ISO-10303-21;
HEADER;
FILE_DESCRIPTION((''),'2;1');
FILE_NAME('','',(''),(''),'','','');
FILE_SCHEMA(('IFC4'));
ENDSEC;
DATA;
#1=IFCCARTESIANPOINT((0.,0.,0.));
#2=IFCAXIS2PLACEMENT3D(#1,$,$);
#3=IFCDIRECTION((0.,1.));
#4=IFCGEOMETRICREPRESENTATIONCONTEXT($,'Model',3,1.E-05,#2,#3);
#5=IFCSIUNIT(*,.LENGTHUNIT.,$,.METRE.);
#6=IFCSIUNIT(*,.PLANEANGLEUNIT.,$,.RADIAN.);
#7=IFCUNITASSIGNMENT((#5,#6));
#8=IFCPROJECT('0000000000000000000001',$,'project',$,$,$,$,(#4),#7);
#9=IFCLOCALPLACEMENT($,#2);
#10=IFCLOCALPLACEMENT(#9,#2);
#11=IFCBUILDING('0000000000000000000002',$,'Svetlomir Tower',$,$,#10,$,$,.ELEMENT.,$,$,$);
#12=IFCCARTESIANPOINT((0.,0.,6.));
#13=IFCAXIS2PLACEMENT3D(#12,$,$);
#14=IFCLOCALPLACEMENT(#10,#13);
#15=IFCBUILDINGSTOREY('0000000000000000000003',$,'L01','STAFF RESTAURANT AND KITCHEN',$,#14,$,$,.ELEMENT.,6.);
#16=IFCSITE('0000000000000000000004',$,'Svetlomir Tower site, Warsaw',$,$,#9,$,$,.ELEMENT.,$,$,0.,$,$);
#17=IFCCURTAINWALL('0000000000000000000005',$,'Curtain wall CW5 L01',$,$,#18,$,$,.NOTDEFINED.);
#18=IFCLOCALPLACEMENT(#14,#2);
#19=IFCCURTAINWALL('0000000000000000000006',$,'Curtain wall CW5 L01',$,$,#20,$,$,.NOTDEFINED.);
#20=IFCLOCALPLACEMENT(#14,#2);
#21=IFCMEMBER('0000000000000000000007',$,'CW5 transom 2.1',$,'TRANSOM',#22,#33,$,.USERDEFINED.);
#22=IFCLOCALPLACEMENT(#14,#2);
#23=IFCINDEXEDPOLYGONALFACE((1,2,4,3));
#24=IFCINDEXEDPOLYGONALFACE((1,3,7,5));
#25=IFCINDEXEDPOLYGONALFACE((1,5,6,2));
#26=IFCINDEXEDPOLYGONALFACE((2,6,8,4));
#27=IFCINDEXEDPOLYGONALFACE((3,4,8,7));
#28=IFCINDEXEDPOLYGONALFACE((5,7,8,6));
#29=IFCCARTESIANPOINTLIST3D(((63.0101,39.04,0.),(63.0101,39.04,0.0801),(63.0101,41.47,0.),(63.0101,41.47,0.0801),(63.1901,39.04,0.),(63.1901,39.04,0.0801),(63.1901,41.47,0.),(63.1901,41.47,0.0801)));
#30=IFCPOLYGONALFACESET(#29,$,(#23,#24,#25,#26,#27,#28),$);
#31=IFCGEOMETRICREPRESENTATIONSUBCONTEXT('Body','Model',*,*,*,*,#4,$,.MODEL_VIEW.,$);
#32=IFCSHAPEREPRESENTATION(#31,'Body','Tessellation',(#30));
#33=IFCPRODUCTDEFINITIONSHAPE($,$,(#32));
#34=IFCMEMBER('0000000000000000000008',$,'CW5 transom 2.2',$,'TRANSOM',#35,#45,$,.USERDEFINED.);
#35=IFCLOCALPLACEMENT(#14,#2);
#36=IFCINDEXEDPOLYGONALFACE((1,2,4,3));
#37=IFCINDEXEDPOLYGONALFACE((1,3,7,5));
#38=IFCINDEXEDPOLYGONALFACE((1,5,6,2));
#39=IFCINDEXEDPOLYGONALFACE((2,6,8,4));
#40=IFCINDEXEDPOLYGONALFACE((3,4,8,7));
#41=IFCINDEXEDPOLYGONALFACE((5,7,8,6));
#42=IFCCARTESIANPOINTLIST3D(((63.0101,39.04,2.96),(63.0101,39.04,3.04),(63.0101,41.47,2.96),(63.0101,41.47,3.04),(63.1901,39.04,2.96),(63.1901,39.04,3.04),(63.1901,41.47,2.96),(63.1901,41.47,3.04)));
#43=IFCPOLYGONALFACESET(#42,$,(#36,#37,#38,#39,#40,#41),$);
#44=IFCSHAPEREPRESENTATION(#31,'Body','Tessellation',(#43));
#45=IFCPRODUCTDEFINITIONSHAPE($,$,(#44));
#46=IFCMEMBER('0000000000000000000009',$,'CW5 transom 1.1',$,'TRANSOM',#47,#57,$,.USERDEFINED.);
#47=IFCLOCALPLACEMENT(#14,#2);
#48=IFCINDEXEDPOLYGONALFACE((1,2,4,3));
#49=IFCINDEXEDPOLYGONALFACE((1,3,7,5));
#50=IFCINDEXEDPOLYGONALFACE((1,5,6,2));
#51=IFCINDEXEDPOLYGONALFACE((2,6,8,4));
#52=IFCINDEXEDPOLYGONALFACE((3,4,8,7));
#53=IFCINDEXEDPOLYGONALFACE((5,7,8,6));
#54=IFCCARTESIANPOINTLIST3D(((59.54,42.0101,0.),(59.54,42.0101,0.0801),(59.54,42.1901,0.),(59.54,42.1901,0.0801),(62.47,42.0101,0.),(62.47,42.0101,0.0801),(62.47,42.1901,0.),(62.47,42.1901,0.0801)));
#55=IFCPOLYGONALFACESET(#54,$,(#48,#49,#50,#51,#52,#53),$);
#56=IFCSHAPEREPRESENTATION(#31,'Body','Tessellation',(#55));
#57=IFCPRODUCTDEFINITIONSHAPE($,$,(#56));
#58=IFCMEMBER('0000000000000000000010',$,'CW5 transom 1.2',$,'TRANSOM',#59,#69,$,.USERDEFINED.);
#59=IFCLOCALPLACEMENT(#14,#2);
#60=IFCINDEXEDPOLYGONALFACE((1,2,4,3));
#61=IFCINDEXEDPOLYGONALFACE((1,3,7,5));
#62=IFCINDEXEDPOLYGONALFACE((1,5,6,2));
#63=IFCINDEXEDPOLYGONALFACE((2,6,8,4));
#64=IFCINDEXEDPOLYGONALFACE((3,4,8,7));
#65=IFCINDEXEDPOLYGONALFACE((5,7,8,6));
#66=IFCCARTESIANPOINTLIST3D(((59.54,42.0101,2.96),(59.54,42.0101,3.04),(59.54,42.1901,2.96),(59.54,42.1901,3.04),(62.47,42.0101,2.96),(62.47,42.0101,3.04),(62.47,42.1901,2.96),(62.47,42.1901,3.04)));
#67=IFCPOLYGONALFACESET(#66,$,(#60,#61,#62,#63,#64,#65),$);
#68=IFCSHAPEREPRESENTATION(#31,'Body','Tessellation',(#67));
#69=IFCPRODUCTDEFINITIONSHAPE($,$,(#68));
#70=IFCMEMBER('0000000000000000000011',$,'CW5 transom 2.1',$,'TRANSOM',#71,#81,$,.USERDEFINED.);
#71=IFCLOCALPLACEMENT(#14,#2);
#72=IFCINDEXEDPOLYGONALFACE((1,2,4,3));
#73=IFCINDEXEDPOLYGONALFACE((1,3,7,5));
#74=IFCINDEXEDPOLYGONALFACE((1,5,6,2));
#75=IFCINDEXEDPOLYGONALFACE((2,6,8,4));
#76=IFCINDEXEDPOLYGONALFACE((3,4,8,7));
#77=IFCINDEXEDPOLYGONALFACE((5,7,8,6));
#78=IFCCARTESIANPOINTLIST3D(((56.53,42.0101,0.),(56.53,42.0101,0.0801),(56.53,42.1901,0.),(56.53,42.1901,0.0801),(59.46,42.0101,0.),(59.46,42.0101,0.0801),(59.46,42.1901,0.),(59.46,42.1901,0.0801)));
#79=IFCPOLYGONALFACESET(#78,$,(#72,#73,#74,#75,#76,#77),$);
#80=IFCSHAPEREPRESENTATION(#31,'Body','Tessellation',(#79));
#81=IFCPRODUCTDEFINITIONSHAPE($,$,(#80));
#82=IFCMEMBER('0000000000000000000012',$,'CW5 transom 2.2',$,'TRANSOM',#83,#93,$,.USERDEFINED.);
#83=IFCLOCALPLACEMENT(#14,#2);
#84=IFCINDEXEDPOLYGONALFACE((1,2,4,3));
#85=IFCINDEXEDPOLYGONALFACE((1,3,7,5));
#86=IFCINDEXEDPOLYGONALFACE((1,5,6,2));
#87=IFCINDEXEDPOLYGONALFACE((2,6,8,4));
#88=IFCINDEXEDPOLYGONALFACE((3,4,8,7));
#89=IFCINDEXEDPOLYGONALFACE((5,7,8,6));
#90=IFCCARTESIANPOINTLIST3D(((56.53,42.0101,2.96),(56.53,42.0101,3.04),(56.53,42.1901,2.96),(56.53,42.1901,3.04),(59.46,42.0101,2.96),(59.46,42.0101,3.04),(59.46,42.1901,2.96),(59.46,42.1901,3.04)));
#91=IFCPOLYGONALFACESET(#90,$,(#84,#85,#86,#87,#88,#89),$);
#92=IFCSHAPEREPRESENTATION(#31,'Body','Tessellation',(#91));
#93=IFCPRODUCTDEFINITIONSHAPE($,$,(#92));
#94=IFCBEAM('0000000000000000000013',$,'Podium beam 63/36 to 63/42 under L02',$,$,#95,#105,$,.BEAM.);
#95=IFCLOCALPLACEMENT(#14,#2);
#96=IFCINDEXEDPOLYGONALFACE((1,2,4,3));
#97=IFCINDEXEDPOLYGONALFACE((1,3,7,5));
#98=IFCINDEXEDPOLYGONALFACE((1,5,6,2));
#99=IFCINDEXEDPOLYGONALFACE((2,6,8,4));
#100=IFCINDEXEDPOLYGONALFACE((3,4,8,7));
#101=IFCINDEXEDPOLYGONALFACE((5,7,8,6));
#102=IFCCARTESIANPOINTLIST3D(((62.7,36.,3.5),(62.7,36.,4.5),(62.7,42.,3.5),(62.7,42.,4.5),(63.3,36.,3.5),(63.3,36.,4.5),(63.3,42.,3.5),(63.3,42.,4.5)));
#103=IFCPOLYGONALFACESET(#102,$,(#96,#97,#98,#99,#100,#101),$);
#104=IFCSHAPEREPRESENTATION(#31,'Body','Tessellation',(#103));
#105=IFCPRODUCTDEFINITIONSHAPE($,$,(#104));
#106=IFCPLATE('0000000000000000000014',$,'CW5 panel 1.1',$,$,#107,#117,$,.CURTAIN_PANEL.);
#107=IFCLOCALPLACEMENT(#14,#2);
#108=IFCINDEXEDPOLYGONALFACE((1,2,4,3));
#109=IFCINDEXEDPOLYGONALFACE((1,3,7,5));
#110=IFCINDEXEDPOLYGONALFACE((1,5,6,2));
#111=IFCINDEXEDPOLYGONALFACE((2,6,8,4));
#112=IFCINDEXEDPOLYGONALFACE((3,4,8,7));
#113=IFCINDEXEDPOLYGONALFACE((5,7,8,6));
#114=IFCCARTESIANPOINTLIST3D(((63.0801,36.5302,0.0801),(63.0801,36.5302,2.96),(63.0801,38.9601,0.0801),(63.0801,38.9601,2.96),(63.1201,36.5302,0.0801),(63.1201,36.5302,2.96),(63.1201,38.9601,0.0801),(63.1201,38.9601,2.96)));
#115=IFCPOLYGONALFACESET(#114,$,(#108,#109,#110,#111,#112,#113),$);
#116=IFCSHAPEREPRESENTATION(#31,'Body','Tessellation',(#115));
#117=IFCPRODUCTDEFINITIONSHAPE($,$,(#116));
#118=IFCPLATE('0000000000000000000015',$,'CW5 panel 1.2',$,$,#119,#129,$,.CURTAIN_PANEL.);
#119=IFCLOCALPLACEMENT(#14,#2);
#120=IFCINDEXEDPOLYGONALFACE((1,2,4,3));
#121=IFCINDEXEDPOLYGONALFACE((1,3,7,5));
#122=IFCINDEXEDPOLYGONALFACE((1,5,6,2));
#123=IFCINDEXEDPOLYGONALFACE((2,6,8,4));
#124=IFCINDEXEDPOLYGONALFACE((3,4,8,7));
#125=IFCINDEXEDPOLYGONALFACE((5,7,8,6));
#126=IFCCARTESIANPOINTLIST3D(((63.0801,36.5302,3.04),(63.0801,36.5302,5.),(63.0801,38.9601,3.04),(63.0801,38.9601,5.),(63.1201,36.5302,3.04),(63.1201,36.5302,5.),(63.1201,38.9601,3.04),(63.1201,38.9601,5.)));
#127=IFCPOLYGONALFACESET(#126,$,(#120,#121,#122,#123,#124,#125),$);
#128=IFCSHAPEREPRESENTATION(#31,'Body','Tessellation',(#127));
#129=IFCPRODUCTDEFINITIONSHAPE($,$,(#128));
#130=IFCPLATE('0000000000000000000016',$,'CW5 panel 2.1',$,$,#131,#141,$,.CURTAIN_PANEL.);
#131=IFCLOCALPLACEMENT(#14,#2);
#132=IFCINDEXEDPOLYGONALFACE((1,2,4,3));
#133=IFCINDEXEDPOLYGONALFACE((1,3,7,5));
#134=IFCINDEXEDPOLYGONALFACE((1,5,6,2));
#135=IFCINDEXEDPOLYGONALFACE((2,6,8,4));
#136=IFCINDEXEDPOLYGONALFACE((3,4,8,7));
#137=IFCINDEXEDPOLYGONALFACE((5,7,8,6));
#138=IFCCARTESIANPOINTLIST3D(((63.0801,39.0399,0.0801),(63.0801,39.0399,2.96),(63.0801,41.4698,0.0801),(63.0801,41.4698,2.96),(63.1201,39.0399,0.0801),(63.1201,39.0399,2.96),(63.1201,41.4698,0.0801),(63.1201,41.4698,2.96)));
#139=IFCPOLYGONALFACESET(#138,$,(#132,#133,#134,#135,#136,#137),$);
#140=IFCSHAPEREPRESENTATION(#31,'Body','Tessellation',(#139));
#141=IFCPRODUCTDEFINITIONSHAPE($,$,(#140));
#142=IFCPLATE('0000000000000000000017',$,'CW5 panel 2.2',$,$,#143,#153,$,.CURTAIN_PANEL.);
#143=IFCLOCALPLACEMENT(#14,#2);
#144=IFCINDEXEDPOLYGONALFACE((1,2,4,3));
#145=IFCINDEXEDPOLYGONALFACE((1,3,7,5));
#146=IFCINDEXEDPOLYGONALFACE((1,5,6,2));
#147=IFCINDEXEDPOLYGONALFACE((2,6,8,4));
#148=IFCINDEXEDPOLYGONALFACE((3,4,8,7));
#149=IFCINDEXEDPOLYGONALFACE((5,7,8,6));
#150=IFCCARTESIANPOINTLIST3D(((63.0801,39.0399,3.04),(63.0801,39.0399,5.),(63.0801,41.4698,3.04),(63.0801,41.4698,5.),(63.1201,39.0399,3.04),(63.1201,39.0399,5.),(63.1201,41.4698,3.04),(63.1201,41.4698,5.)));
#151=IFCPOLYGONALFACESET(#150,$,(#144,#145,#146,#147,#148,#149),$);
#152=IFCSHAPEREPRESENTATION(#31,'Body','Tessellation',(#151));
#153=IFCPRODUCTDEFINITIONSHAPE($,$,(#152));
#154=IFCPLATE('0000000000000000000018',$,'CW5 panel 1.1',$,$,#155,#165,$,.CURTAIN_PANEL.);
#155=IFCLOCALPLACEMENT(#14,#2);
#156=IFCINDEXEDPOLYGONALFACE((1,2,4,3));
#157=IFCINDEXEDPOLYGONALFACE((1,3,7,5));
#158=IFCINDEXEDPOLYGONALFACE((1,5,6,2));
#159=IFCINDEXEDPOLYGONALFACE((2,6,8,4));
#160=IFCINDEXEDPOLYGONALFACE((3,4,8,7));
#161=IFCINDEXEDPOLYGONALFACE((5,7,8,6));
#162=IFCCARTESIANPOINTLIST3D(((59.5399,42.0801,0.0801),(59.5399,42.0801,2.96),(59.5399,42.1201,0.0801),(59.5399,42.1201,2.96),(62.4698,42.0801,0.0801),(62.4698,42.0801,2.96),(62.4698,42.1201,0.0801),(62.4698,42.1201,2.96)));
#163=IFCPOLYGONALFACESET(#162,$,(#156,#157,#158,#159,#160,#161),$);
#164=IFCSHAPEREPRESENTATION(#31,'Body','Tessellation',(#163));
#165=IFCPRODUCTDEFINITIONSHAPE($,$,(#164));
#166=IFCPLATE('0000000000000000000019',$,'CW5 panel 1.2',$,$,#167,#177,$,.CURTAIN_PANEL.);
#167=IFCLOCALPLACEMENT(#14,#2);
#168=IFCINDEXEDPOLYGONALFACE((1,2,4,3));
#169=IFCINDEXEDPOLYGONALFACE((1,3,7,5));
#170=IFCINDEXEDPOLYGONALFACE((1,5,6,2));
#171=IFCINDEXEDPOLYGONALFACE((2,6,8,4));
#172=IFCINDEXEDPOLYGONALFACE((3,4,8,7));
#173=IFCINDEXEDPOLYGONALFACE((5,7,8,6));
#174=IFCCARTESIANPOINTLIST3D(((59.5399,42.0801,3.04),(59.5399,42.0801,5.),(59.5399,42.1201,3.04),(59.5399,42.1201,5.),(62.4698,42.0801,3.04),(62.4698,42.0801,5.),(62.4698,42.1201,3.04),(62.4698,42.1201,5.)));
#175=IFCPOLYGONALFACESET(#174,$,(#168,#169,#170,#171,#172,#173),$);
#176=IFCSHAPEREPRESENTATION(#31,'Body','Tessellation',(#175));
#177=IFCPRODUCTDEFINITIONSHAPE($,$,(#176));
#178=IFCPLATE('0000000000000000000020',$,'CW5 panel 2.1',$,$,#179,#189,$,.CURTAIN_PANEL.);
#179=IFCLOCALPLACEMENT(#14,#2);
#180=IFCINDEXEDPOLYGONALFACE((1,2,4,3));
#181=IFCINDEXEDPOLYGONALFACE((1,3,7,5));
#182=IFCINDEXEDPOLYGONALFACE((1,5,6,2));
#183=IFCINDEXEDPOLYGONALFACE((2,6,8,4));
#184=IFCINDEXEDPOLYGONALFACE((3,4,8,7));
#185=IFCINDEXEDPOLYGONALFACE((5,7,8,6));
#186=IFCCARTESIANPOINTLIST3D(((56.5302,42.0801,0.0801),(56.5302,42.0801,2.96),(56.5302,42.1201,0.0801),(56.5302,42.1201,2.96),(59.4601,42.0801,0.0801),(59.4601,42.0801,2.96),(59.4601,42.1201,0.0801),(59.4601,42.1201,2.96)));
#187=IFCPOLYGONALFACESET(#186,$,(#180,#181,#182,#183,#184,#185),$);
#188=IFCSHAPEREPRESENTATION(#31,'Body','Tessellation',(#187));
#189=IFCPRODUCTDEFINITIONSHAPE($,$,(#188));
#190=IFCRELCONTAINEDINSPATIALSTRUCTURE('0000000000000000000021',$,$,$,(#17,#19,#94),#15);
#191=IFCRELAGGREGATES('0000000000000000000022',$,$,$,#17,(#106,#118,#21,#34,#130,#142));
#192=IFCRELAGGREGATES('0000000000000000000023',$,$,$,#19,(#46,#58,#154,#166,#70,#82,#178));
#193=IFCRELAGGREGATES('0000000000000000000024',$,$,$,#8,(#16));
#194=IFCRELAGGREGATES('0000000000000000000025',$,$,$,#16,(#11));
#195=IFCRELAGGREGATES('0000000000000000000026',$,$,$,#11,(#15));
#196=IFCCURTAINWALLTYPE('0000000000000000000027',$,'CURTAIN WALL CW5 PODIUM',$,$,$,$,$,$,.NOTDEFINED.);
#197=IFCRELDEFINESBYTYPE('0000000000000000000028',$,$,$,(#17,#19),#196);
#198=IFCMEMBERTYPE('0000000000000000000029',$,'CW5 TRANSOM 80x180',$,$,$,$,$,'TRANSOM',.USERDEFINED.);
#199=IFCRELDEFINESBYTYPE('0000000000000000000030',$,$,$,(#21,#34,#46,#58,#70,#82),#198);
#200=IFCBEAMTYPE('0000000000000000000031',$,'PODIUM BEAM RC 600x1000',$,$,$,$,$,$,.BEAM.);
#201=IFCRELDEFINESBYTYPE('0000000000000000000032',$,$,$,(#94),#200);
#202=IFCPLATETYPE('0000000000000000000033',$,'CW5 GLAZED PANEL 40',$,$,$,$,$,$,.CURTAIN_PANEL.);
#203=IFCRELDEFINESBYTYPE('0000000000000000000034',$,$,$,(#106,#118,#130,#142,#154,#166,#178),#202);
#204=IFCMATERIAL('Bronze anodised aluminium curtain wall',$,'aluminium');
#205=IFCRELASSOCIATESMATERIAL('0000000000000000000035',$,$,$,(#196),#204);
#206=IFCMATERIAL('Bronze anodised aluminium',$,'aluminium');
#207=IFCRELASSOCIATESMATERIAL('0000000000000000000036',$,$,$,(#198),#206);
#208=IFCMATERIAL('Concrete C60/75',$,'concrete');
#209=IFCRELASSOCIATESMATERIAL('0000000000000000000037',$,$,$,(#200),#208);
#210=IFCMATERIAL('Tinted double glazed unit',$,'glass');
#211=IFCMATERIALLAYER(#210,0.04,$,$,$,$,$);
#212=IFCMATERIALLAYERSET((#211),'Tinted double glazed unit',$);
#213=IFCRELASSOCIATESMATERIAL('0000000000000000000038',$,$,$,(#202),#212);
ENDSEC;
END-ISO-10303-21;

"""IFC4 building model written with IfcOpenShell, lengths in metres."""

from ifc_helpers import new_model, si_unit, direction, frame, origin, origin_2d, place, context, subcontext, project, spatial, rectangle, extrude, material, layer, layer_set, material_profile, profile_set, type_object, element, aggregate, save


model = new_model("IFC4")

# Units and contexts
model_context = context("Model", 3, precision=1e-05, world=origin(), true_north=direction((0.0, 1.0)))
body_context = subcontext(model_context, "Body", "Model", "MODEL_VIEW")
ifc_project = project(units=[si_unit("LENGTHUNIT", "METRE"), si_unit("PLANEANGLEUNIT", "RADIAN")], contexts=[model_context])

# Site, building, storey
site_placement = place(None, origin())
site = spatial("IfcSite", under=ifc_project, at=site_placement, Name="Svetlomir Tower site, Warsaw", CompositionType="ELEMENT", RefElevation=0.0)
building_placement = place(site_placement, origin())
building = spatial("IfcBuilding", under=site, at=building_placement, Name="Svetlomir Tower", CompositionType="ELEMENT")
storey_placement = place(building_placement, frame((0.0, 0.0, 6.0)))
storey = spatial("IfcBuildingStorey", under=building, at=storey_placement, Name="L01", Description="STAFF RESTAURANT AND KITCHEN", CompositionType="ELEMENT", Elevation=6.0)

# Curtain walls
ifc_material_1 = material(Name="Bronze anodised aluminium curtain wall", Category="aluminium")
curtain_wall_type = type_object("IfcCurtainWallType", Name="CURTAIN WALL CW5 PODIUM", PredefinedType="NOTDEFINED", material=ifc_material_1)
curtain_wall_1_placement = place(storey_placement, origin())
curtain_wall_1 = element("IfcCurtainWall", 1, at=curtain_wall_1_placement, inside=storey, type_object=curtain_wall_type, Name="Curtain wall CW5 L01", PredefinedType="NOTDEFINED")
curtain_wall_2_placement = place(storey_placement, origin())
curtain_wall_2 = element("IfcCurtainWall", 2, at=curtain_wall_2_placement, inside=storey, type_object=curtain_wall_type, Name="Curtain wall CW5 L01", PredefinedType="NOTDEFINED")

# Members
ifc_material_2 = material(Name="Bronze anodised aluminium", Category="aluminium")
ifc_material_profile_1 = material_profile(ifc_material_2, rectangle(XDim=0.1799, YDim=0.0801, at=origin_2d()), Name="AL 180x80")
ifc_profile_set_1 = profile_set([ifc_material_profile_1], Name="Bronze anodised aluminium 6063-T6")
member_type_1 = type_object("IfcMemberType", Name="CW5 TRANSOM 80x180", ElementType="TRANSOM", PredefinedType="USERDEFINED", material=ifc_profile_set_1)
member_1_placement = place(storey_placement, frame((63.1001, 39.04, 0.04), z_axis=(0.0, 1.0, 0.0), x_axis=(-1.0, 0.0, 0.0)))
member_1 = element("IfcMember", 3, at=member_1_placement, type_object=member_type_1, Name="CW5 transom 2.1", ObjectType="TRANSOM", PredefinedType="USERDEFINED", context=body_context, shape_type="SweptSolid", body=[
    extrude(rectangle(XDim=0.1799, YDim=0.0801, at=origin_2d()), origin(), (0.0, 0.0, 1.0), 2.4299),
])
member_2_placement = place(storey_placement, frame((63.1001, 39.04, 3.0), z_axis=(0.0, 1.0, 0.0), x_axis=(-1.0, 0.0, 0.0)))
member_2 = element("IfcMember", 4, at=member_2_placement, type_object=member_type_1, Name="CW5 transom 2.2", ObjectType="TRANSOM", PredefinedType="USERDEFINED", context=body_context, shape_type="SweptSolid", body=[
    extrude(rectangle(XDim=0.1799, YDim=0.0801, at=origin_2d()), origin(), (0.0, 0.0, 1.0), 2.4299),
])
member_3_placement = place(storey_placement, frame((62.47, 42.1001, 0.04), z_axis=(-1.0, 0.0, 0.0), x_axis=(0.0, -1.0, 0.0)))
member_3 = element("IfcMember", 5, at=member_3_placement, type_object=member_type_1, Name="CW5 transom 1.1", ObjectType="TRANSOM", PredefinedType="USERDEFINED", context=body_context, shape_type="SweptSolid", body=[
    extrude(rectangle(XDim=0.1799, YDim=0.0801, at=origin_2d()), origin(), (0.0, 0.0, 1.0), 2.9299),
])
member_4_placement = place(storey_placement, frame((62.47, 42.1001, 3.0), z_axis=(-1.0, 0.0, 0.0), x_axis=(0.0, -1.0, 0.0)))
member_4 = element("IfcMember", 6, at=member_4_placement, type_object=member_type_1, Name="CW5 transom 1.2", ObjectType="TRANSOM", PredefinedType="USERDEFINED", context=body_context, shape_type="SweptSolid", body=[
    extrude(rectangle(XDim=0.1799, YDim=0.0801, at=origin_2d()), origin(), (0.0, 0.0, 1.0), 2.9299),
])
member_5_placement = place(storey_placement, frame((59.46, 42.1001, 0.04), z_axis=(-1.0, 0.0, 0.0), x_axis=(0.0, -1.0, 0.0)))
member_5 = element("IfcMember", 7, at=member_5_placement, type_object=member_type_1, Name="CW5 transom 2.1", ObjectType="TRANSOM", PredefinedType="USERDEFINED", context=body_context, shape_type="SweptSolid", body=[
    extrude(rectangle(XDim=0.1799, YDim=0.0801, at=origin_2d()), origin(), (0.0, 0.0, 1.0), 2.9299),
])
member_6_placement = place(storey_placement, frame((59.46, 42.1001, 3.0), z_axis=(-1.0, 0.0, 0.0), x_axis=(0.0, -1.0, 0.0)))
member_6 = element("IfcMember", 8, at=member_6_placement, type_object=member_type_1, Name="CW5 transom 2.2", ObjectType="TRANSOM", PredefinedType="USERDEFINED", context=body_context, shape_type="SweptSolid", body=[
    extrude(rectangle(XDim=0.1799, YDim=0.0801, at=origin_2d()), origin(), (0.0, 0.0, 1.0), 2.9299),
])

# Beam
ifc_material_3 = material(Name="Concrete C60/75", Category="concrete")
ifc_material_profile_2 = material_profile(ifc_material_3, rectangle(XDim=0.6001, YDim=1.0, at=origin_2d()), Name="RC 600x1000")
ifc_profile_set_2 = profile_set([ifc_material_profile_2], Name="Concrete C60/75")
beam_type = type_object("IfcBeamType", Name="PODIUM BEAM RC 600x1000", PredefinedType="BEAM", material=ifc_profile_set_2)
beam_placement = place(storey_placement, frame((63.0, 36.0, 4.0), z_axis=(0.0, 1.0, 0.0), x_axis=(-1.0, 0.0, 0.0)))
element("IfcBeam", 9, at=beam_placement, inside=storey, type_object=beam_type, Name="Podium beam 63/36 to 63/42 under L02", PredefinedType="BEAM", context=body_context, shape_type="SweptSolid", body=[
    extrude(rectangle(XDim=0.6001, YDim=1.0, at=origin_2d()), origin(), (0.0, 0.0, 1.0), 6.0),
])

# Plates
ifc_material_4 = material(Name="Tinted double glazed unit", Category="glass")
ifc_layer = layer(ifc_material_4, 0.04)
ifc_layer_set = layer_set([ifc_layer], Name="Tinted double glazed unit")
plate_type = type_object("IfcPlateType", Name="CW5 GLAZED PANEL 40", PredefinedType="CURTAIN_PANEL", material=ifc_layer_set)
plate_1_placement = place(storey_placement, frame((63.1001, 37.7451, 0.0801), z_axis=(0.0, 0.0, 1.0), x_axis=(0.0, 1.0, 0.0)))
plate_1 = element("IfcPlate", 10, at=plate_1_placement, type_object=plate_type, Name="CW5 panel 1.1", PredefinedType="CURTAIN_PANEL", context=body_context, shape_type="SweptSolid", body=[
    extrude(rectangle(XDim=2.4299, YDim=0.04, at=origin_2d()), origin(), (0.0, 0.0, 1.0), 2.8799),
])
plate_2_placement = place(storey_placement, frame((63.1001, 37.7451, 3.04), z_axis=(0.0, 0.0, 1.0), x_axis=(0.0, 1.0, 0.0)))
plate_2 = element("IfcPlate", 11, at=plate_2_placement, type_object=plate_type, Name="CW5 panel 1.2", PredefinedType="CURTAIN_PANEL", context=body_context, shape_type="SweptSolid", body=[
    extrude(rectangle(XDim=2.4299, YDim=0.04, at=origin_2d()), origin(), (0.0, 0.0, 1.0), 1.96),
])
plate_3_placement = place(storey_placement, frame((63.1001, 40.2549, 0.0801), z_axis=(0.0, 0.0, 1.0), x_axis=(0.0, 1.0, 0.0)))
plate_3 = element("IfcPlate", 12, at=plate_3_placement, type_object=plate_type, Name="CW5 panel 2.1", PredefinedType="CURTAIN_PANEL", context=body_context, shape_type="SweptSolid", body=[
    extrude(rectangle(XDim=2.4299, YDim=0.04, at=origin_2d()), origin(), (0.0, 0.0, 1.0), 2.8799),
])
plate_4_placement = place(storey_placement, frame((63.1001, 40.2549, 3.04), z_axis=(0.0, 0.0, 1.0), x_axis=(0.0, 1.0, 0.0)))
plate_4 = element("IfcPlate", 13, at=plate_4_placement, type_object=plate_type, Name="CW5 panel 2.2", PredefinedType="CURTAIN_PANEL", context=body_context, shape_type="SweptSolid", body=[
    extrude(rectangle(XDim=2.4299, YDim=0.04, at=origin_2d()), origin(), (0.0, 0.0, 1.0), 1.96),
])
aggregate(curtain_wall_1, [plate_1, plate_2, member_1, member_2, plate_3, plate_4])
plate_5_placement = place(storey_placement, frame((61.0049, 42.1001, 0.0801), z_axis=(0.0, 0.0, 1.0), x_axis=(-1.0, 0.0, 0.0)))
plate_5 = element("IfcPlate", 14, at=plate_5_placement, type_object=plate_type, Name="CW5 panel 1.1", PredefinedType="CURTAIN_PANEL", context=body_context, shape_type="SweptSolid", body=[
    extrude(rectangle(XDim=2.9299, YDim=0.04, at=origin_2d()), origin(), (0.0, 0.0, 1.0), 2.8799),
])
plate_6_placement = place(storey_placement, frame((61.0049, 42.1001, 3.04), z_axis=(0.0, 0.0, 1.0), x_axis=(-1.0, 0.0, 0.0)))
plate_6 = element("IfcPlate", 15, at=plate_6_placement, type_object=plate_type, Name="CW5 panel 1.2", PredefinedType="CURTAIN_PANEL", context=body_context, shape_type="SweptSolid", body=[
    extrude(rectangle(XDim=2.9299, YDim=0.04, at=origin_2d()), origin(), (0.0, 0.0, 1.0), 1.96),
])
plate_7_placement = place(storey_placement, frame((57.9951, 42.1001, 0.0801), z_axis=(0.0, 0.0, 1.0), x_axis=(-1.0, 0.0, 0.0)))
plate_7 = element("IfcPlate", 16, at=plate_7_placement, type_object=plate_type, Name="CW5 panel 2.1", PredefinedType="CURTAIN_PANEL", context=body_context, shape_type="SweptSolid", body=[
    extrude(rectangle(XDim=2.9299, YDim=0.04, at=origin_2d()), origin(), (0.0, 0.0, 1.0), 2.8799),
])
aggregate(curtain_wall_2, [member_3, member_4, plate_5, plate_6, member_5, member_6, plate_7])

save(model, "model.ifc")
